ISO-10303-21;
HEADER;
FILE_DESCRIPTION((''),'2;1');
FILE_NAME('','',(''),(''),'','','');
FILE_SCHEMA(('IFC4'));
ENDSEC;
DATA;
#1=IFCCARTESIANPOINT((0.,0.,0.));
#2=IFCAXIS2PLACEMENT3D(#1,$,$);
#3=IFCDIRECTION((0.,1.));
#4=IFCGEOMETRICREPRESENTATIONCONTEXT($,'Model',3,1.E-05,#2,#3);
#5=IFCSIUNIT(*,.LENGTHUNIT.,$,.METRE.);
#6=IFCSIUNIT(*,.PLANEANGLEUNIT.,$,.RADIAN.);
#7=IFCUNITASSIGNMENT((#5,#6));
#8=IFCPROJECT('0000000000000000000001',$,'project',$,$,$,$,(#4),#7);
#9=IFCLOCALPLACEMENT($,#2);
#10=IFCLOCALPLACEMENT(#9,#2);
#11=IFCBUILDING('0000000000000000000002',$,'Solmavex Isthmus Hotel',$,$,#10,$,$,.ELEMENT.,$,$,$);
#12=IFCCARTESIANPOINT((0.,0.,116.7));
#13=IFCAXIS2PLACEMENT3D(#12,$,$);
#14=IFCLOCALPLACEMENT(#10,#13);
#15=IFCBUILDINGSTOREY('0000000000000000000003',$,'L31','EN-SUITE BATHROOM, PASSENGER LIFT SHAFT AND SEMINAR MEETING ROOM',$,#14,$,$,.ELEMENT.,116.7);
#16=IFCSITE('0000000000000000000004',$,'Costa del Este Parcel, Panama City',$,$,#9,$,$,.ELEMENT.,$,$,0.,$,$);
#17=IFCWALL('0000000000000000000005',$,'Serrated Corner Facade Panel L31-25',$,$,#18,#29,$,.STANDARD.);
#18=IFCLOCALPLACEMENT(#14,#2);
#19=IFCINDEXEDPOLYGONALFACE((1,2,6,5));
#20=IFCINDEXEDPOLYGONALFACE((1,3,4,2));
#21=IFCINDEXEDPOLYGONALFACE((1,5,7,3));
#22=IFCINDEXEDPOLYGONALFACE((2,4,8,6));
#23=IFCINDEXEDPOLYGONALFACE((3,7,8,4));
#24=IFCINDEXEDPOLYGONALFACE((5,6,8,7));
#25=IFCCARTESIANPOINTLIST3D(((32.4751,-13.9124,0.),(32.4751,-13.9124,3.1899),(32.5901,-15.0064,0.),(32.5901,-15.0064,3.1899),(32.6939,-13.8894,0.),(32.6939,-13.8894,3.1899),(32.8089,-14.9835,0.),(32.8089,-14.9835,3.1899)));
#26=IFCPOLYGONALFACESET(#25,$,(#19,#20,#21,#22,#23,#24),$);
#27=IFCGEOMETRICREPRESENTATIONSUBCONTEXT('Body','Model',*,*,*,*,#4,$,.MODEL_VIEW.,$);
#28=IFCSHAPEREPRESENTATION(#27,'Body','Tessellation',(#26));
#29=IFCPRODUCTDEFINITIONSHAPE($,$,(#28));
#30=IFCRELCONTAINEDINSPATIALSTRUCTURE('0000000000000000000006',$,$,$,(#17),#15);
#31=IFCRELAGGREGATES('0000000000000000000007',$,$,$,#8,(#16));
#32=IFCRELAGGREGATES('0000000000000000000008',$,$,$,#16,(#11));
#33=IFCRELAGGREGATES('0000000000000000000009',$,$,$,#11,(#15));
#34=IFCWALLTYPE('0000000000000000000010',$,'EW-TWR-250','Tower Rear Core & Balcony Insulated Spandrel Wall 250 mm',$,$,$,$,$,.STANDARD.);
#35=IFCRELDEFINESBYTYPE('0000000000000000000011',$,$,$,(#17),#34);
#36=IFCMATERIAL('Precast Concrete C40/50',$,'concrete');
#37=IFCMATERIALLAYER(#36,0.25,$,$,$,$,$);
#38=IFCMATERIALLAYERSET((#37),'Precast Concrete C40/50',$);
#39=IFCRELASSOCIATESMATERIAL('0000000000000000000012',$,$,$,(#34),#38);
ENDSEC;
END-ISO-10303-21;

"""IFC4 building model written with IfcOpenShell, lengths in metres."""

from ifc_helpers import new_model, si_unit, direction, frame, frame_2d, origin, place, context, subcontext, project, spatial, rectangle, extrude, material, layer, layer_set, type_object, element, save


model = new_model("IFC4")

# Units and contexts
model_context = context("Model", 3, precision=1e-05, world=origin(), true_north=direction((0.0, 1.0)))
body_context = subcontext(model_context, "Body", "Model", "MODEL_VIEW")
ifc_project = project(units=[si_unit("LENGTHUNIT", "METRE"), si_unit("PLANEANGLEUNIT", "RADIAN")], contexts=[model_context])

# Site, building, storey
site_placement = place(None, origin())
site = spatial("IfcSite", under=ifc_project, at=site_placement, Name="Costa del Este Parcel, Panama City", CompositionType="ELEMENT", RefElevation=0.0)
building_placement = place(site_placement, origin())
building = spatial("IfcBuilding", under=site, at=building_placement, Name="Solmavex Isthmus Hotel", CompositionType="ELEMENT")
storey_placement = place(building_placement, frame((0.0, 0.0, 116.7)))
storey = spatial("IfcBuildingStorey", under=building, at=storey_placement, Name="L31", Description="EN-SUITE BATHROOM, PASSENGER LIFT SHAFT AND SEMINAR MEETING ROOM", CompositionType="ELEMENT", Elevation=116.7)

# Wall
ifc_material_1 = material(Name="Precast Concrete C40/50", Category="concrete")
ifc_layer_1 = layer(ifc_material_1, 0.25)
ifc_layer_set_1 = layer_set([ifc_layer_1], Name="Precast Concrete C40/50")
wall_type = type_object("IfcWallType", Name="EW-TWR-250", Description="Tower Rear Core & Balcony Insulated Spandrel Wall 250 mm", PredefinedType="STANDARD", material=ifc_layer_set_1)
for number, where, z_axis, x_axis, name in (
    (1, (32.5845, -13.9009, 0.0), (0.0, 0.0, 1.0), (0.104535, -0.994521, 0.0), "Serrated Corner Facade Panel L31-25"),
):
    element("IfcWall", number, at=place(storey_placement, frame(where, z_axis=z_axis, x_axis=x_axis)), inside=storey, type_object=wall_type, Name=name, PredefinedType="STANDARD", context=body_context, shape_type="SweptSolid", body=[
        extrude(rectangle(XDim=1.1001, YDim=0.22, at=frame_2d((0.55, 0.0))), origin(), (0.0, 0.0, 1.0), 3.1899),
    ])

save(model, "model.ifc")
